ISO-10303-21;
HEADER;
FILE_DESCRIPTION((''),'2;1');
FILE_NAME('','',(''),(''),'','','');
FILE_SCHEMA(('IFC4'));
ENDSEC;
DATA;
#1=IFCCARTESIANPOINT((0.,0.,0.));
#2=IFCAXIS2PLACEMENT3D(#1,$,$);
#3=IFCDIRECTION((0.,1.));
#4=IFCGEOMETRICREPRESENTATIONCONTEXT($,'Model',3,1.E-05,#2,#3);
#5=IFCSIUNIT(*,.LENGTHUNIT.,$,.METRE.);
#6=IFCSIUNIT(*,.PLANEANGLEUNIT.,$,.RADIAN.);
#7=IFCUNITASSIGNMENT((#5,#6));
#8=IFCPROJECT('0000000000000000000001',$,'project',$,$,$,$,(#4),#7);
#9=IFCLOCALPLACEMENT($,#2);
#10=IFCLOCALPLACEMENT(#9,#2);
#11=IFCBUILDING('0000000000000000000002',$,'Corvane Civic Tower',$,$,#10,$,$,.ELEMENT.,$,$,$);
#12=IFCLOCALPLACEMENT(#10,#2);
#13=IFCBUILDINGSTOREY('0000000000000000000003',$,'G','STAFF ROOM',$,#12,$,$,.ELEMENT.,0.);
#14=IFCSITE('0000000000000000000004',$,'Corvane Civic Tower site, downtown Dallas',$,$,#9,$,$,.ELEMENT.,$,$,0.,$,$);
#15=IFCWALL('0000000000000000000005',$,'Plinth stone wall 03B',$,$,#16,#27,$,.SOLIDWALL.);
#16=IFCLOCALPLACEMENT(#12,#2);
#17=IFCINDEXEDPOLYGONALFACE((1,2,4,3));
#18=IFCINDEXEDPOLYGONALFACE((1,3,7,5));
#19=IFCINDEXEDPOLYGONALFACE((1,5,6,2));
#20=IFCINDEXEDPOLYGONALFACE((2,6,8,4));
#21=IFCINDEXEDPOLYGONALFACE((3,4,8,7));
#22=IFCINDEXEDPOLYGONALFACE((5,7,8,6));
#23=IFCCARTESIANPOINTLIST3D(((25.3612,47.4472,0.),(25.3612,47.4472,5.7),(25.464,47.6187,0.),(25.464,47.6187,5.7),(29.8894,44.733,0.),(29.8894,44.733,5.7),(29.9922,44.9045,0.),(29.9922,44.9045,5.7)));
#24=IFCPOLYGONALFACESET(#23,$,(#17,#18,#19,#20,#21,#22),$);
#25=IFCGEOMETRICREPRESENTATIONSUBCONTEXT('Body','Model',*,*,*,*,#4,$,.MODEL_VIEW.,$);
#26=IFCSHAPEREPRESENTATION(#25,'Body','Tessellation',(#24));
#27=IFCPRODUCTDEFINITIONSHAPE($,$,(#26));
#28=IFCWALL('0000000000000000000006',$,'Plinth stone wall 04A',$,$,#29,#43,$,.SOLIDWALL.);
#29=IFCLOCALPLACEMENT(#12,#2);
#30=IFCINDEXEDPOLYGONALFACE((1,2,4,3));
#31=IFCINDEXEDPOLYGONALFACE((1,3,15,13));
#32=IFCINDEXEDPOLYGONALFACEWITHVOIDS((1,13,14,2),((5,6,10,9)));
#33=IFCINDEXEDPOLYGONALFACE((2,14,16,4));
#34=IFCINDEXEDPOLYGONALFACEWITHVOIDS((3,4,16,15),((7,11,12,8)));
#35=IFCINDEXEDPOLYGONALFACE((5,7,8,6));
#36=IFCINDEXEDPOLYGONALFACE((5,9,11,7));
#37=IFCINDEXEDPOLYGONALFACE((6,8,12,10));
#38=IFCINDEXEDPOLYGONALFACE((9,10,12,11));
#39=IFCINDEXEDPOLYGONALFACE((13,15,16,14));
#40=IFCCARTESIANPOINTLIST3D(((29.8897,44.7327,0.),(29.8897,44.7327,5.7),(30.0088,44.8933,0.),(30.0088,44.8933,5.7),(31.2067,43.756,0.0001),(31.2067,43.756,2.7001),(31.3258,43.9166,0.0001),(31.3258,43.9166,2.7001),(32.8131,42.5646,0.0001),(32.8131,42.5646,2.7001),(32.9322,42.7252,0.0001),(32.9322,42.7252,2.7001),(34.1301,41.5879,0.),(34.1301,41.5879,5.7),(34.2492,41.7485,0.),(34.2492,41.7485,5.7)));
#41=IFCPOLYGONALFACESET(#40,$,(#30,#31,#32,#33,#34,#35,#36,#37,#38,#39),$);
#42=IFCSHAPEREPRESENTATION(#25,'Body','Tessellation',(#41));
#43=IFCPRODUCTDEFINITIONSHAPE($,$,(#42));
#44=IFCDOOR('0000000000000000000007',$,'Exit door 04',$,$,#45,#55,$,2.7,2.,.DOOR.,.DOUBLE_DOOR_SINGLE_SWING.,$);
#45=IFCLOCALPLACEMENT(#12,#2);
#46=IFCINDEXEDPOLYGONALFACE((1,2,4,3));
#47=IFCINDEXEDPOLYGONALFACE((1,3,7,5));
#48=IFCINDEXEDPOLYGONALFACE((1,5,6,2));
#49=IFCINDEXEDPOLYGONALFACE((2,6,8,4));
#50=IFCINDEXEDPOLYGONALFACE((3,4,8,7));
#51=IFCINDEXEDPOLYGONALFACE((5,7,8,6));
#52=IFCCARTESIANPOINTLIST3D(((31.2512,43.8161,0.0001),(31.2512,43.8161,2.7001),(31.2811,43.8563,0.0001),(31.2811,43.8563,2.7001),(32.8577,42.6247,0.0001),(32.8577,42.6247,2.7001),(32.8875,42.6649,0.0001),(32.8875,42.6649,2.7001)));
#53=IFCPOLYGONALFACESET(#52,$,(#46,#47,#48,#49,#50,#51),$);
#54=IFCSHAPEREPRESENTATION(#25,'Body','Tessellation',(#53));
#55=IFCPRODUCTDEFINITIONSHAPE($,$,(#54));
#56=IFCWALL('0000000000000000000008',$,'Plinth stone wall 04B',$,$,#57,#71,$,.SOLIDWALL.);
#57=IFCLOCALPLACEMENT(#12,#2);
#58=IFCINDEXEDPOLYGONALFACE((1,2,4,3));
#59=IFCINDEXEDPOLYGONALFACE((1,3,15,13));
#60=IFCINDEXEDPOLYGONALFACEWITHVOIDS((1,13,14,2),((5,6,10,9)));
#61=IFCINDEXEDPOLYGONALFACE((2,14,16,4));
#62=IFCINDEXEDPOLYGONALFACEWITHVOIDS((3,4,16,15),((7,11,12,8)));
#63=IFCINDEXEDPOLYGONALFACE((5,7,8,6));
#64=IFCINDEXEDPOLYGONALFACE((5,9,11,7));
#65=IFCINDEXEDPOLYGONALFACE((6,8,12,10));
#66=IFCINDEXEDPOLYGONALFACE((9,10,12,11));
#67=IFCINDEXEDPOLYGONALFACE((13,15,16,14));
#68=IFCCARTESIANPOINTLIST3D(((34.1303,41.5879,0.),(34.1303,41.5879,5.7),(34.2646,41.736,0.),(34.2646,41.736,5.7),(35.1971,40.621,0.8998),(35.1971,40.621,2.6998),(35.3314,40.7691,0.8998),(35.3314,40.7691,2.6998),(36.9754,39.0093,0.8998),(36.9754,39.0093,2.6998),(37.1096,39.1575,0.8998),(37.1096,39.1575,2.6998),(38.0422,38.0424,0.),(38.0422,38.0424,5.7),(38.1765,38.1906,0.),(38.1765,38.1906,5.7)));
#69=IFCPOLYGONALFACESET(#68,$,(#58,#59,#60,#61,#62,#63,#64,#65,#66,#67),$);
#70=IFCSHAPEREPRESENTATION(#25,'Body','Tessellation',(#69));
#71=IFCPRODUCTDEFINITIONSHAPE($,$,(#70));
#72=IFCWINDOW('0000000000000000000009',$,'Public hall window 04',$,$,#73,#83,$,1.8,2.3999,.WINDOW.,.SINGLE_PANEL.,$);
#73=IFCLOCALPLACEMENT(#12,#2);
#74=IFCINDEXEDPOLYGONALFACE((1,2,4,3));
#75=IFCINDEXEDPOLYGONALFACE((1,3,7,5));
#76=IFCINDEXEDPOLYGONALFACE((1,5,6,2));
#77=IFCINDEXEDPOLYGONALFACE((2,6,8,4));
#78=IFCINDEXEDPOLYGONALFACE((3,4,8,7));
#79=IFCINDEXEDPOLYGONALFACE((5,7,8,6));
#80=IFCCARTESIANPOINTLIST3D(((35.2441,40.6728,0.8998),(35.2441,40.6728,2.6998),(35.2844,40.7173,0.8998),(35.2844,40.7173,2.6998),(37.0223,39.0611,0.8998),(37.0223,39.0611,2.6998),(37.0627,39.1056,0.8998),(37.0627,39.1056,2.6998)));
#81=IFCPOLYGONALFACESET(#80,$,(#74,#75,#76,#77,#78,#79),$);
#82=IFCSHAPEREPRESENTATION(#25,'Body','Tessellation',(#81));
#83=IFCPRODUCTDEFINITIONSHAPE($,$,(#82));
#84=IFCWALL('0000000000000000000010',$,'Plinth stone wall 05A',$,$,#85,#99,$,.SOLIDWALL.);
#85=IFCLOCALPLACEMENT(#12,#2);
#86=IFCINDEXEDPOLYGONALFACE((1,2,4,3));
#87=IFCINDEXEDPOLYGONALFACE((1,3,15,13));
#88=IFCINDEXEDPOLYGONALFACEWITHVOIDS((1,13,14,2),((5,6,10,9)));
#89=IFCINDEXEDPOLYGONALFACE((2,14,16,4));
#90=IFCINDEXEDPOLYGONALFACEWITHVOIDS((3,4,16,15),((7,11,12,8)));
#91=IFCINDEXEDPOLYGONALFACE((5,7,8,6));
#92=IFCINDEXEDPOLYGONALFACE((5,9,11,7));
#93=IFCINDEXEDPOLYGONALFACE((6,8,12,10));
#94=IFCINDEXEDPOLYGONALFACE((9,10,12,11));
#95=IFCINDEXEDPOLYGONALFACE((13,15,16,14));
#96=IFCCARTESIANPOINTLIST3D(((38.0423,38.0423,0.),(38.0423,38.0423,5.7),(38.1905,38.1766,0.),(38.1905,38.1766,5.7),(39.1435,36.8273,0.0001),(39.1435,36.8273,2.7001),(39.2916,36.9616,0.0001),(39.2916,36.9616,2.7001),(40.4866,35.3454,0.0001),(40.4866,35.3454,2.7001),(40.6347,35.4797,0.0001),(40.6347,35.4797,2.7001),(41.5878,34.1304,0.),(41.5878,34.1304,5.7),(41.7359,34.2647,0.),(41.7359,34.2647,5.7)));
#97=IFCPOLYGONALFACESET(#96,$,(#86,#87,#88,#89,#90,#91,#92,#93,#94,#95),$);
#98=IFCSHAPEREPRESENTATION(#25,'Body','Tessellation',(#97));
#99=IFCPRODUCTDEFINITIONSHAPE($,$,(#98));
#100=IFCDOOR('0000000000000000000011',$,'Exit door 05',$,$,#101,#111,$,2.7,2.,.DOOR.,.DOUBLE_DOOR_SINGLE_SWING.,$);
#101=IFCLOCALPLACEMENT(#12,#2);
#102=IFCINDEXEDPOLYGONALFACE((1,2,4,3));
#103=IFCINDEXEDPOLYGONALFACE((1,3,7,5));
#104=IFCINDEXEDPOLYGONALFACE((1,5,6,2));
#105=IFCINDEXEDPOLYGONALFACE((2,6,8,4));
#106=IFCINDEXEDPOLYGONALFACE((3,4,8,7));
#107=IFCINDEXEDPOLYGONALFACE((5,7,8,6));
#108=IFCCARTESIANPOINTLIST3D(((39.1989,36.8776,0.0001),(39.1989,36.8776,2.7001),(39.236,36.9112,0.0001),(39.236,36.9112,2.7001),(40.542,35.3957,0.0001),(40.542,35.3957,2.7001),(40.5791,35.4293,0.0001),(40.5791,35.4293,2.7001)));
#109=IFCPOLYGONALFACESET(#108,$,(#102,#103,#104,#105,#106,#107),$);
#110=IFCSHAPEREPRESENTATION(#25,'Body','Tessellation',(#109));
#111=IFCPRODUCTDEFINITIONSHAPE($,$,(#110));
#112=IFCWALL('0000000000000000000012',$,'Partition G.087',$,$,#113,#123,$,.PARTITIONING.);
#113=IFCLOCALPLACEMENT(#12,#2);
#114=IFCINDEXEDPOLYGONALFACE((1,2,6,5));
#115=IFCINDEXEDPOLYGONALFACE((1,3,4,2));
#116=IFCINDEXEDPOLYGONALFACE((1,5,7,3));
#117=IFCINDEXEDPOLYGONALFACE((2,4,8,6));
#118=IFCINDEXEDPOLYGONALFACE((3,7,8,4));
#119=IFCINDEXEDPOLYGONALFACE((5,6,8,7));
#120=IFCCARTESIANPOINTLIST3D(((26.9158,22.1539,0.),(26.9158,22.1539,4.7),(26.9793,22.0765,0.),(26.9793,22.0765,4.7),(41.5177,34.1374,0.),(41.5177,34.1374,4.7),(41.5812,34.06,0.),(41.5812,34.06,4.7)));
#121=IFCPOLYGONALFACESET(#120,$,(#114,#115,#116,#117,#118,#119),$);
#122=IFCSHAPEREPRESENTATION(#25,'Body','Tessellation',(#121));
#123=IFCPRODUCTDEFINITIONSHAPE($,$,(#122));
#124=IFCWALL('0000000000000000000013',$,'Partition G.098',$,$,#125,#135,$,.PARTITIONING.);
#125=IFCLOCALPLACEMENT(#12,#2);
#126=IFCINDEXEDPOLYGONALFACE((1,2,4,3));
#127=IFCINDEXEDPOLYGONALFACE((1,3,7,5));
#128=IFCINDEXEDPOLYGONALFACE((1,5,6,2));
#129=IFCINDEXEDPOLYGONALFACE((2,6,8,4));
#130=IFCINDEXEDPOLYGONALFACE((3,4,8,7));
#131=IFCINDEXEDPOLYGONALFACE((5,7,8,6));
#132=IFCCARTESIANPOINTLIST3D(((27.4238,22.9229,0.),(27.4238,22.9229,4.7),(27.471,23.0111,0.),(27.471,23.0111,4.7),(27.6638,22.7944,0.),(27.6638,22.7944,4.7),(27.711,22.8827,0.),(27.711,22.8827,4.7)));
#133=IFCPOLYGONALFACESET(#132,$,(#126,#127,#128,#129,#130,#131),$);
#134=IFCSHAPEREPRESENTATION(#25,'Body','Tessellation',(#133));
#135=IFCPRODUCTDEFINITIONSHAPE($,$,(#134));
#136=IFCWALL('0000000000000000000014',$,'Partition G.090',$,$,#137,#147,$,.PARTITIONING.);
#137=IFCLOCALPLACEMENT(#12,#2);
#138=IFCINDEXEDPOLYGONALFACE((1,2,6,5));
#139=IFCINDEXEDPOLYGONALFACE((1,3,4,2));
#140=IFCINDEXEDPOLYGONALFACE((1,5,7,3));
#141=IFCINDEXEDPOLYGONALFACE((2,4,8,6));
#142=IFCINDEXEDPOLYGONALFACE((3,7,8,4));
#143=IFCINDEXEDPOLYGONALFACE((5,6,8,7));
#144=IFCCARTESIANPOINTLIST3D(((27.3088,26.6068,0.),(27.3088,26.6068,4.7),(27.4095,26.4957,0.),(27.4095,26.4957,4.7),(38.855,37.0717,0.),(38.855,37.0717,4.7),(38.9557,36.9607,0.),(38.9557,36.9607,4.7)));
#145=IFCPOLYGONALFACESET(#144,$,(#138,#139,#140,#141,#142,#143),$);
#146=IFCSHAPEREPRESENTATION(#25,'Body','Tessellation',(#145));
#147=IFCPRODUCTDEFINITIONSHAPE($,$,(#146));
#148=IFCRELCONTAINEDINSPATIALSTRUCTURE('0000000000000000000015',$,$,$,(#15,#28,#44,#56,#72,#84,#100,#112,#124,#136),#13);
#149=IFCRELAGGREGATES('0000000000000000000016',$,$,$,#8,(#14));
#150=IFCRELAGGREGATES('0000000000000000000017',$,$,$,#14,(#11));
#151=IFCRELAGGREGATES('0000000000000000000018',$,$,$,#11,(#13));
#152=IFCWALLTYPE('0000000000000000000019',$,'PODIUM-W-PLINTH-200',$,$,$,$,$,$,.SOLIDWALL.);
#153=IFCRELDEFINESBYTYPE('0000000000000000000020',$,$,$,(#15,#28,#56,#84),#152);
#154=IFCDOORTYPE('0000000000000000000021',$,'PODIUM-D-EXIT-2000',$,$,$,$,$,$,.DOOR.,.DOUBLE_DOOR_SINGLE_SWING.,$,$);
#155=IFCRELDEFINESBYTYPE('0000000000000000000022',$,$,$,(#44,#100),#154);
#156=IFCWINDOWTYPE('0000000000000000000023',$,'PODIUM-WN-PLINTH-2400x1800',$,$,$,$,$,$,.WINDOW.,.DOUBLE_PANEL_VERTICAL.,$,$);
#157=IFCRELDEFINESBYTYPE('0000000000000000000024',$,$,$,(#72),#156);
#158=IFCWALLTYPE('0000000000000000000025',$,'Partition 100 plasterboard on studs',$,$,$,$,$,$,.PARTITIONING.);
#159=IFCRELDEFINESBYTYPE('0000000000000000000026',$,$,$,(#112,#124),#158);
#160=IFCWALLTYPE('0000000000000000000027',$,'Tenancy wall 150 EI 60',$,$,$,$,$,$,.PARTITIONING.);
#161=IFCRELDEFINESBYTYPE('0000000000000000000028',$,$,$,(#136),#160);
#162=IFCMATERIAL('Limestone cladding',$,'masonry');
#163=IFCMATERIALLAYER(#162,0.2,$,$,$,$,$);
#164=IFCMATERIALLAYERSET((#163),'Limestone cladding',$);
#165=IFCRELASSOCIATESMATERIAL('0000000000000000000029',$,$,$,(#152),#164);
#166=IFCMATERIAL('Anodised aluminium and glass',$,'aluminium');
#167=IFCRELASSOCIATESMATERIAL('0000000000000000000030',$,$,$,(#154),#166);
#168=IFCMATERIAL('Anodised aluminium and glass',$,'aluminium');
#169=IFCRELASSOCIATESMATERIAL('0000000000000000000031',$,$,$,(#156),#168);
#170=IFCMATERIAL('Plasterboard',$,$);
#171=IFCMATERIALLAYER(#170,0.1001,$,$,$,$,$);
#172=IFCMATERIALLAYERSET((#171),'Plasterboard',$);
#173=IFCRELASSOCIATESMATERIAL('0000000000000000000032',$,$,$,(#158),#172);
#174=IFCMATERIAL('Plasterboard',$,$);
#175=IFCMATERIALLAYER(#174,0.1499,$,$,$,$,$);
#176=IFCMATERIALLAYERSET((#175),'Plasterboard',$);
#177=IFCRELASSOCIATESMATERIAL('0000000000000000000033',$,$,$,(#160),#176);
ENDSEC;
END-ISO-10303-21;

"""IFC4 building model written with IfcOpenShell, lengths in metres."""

from ifc_helpers import new_model, si_unit, direction, frame, frame_2d, origin, place, context, subcontext, project, spatial, rectangle, extrude, material, layer, layer_set, type_object, element, fill, save


model = new_model("IFC4")

# Units and contexts
model_context = context("Model", 3, precision=1e-05, world=origin(), true_north=direction((0.0, 1.0)))
body_context = subcontext(model_context, "Body", "Model", "MODEL_VIEW")
ifc_project = project(units=[si_unit("LENGTHUNIT", "METRE"), si_unit("PLANEANGLEUNIT", "RADIAN")], contexts=[model_context])

# Site, building, storey
site_placement = place(None, origin())
site = spatial("IfcSite", under=ifc_project, at=site_placement, Name="Corvane Civic Tower site, downtown Dallas", CompositionType="ELEMENT", RefElevation=0.0)
building_placement = place(site_placement, origin())
building = spatial("IfcBuilding", under=site, at=building_placement, Name="Corvane Civic Tower", CompositionType="ELEMENT")
storey_placement = place(building_placement, origin())
storey = spatial("IfcBuildingStorey", under=building, at=storey_placement, Name="G", Description="STAFF ROOM", CompositionType="ELEMENT", Elevation=0.0)

# Shared definitions
ifc_material_1 = material(Name="Limestone cladding", Category="masonry")
ifc_layer_1 = layer(ifc_material_1, 0.2)
ifc_layer_set_1 = layer_set([ifc_layer_1], Name="Limestone cladding")
wall_type_1 = type_object("IfcWallType", Name="PODIUM-W-PLINTH-200", PredefinedType="SOLIDWALL", material=ifc_layer_set_1)

# Wall
wall_1_placement = place(storey_placement, frame((25.4126, 47.533, 0.0), z_axis=(0.0, 0.0, 1.0), x_axis=(0.857721, -0.514115, 0.0)))
element("IfcWall", 1, at=wall_1_placement, inside=storey, type_object=wall_type_1, Name="Plinth stone wall 03B", PredefinedType="SOLIDWALL", context=body_context, shape_type="SweptSolid", body=[
    extrude(rectangle(XDim=5.2793, YDim=0.2, at=frame_2d((2.6396, 0.0))), origin(), (0.0, 0.0, 1.0), 5.7),
])

# Wall, opening, door
wall_2_placement = place(storey_placement, frame((29.9492, 44.813, 0.0), z_axis=(0.0, 0.0, 1.0), x_axis=(0.803224, -0.595678, 0.0)))
wall_2 = element("IfcWall", 2, at=wall_2_placement, inside=storey, type_object=wall_type_1, Name="Plinth stone wall 04A", PredefinedType="SOLIDWALL", context=body_context, shape_type="SweptSolid", body=[
    extrude(rectangle(XDim=5.2793, YDim=0.2, at=frame_2d((2.6396, 0.0))), origin(), (0.0, 0.0, 1.0), 5.7),
])
opening_1_placement = place(wall_2_placement, frame((1.6396, 0.0, 0.0)))
opening_1 = element("IfcOpeningElement", 3, at=opening_1_placement, cuts=wall_2, PredefinedType="OPENING", context=body_context, shape_type="SweptSolid", body=[
    extrude(rectangle(XDim=2.0, YDim=2.7, at=frame_2d((1.0, 1.3501))), frame((0.0, 0.1099, 0.0), z_axis=(0.0, -1.0, 0.0), x_axis=(1.0, 0.0, 0.0)), (0.0, 0.0, 1.0), 0.22),
])
ifc_material_2 = material(Name="Anodised aluminium and glass", Category="aluminium")
door_type_1 = type_object("IfcDoorType", Name="PODIUM-D-EXIT-2000", OperationType="DOUBLE_DOOR_SINGLE_SWING", PredefinedType="DOOR", material=ifc_material_2)
door_1_placement = place(opening_1_placement, origin())
door_1 = element("IfcDoor", 4, at=door_1_placement, inside=storey, type_object=door_type_1, Name="Exit door 04", OperationType="DOUBLE_DOOR_SINGLE_SWING", OverallHeight=2.7, OverallWidth=2.0, PredefinedType="DOOR", context=body_context, shape_type="SweptSolid", body=[
    extrude(rectangle(XDim=2.0, YDim=2.7, at=frame_2d((1.0, 1.3501))), frame((0.0, 0.0249, 0.0), z_axis=(0.0, -1.0, 0.0), x_axis=(1.0, 0.0, 0.0)), (0.0, 0.0, 1.0), 0.05),
])
fill(opening_1, door_1)

# Wall, opening, window
wall_3_placement = place(storey_placement, frame((34.1975, 41.6619, 0.0), z_axis=(0.0, 0.0, 1.0), x_axis=(0.74096, -0.671549, 0.0)))
wall_3 = element("IfcWall", 5, at=wall_3_placement, inside=storey, type_object=wall_type_1, Name="Plinth stone wall 04B", PredefinedType="SOLIDWALL", context=body_context, shape_type="SweptSolid", body=[
    extrude(rectangle(XDim=5.2795, YDim=0.2, at=frame_2d((2.6396, 0.0))), origin(), (0.0, 0.0, 1.0), 5.7),
])
opening_2_placement = place(wall_3_placement, frame((1.4397, 0.0, 0.8999)))
opening_2 = element("IfcOpeningElement", 6, at=opening_2_placement, cuts=wall_3, PredefinedType="OPENING", context=body_context, shape_type="SweptSolid", body=[
    extrude(rectangle(XDim=2.3999, YDim=1.8, at=frame_2d((1.2, 0.8999))), frame((0.0, 0.1099, 0.0), z_axis=(0.0, -1.0, 0.0), x_axis=(1.0, 0.0, 0.0)), (0.0, 0.0, 1.0), 0.22),
])
ifc_material_3 = material(Name="Anodised aluminium and glass", Category="aluminium")
window_type = type_object("IfcWindowType", Name="PODIUM-WN-PLINTH-2400x1800", PartitioningType="DOUBLE_PANEL_VERTICAL", PredefinedType="WINDOW", material=ifc_material_3)
window_placement = place(opening_2_placement, origin())
window = element("IfcWindow", 7, at=window_placement, inside=storey, type_object=window_type, Name="Public hall window 04", OverallHeight=1.8, OverallWidth=2.3999, PartitioningType="SINGLE_PANEL", PredefinedType="WINDOW", context=body_context, shape_type="SweptSolid", body=[
    extrude(rectangle(XDim=2.3999, YDim=1.8, at=frame_2d((1.2, 0.8999))), frame((0.0, 0.03, 0.0), z_axis=(0.0, -1.0, 0.0), x_axis=(1.0, 0.0, 0.0)), (0.0, 0.0, 1.0), 0.0601),
])
fill(opening_2, window)

# Wall, opening, door
wall_4_placement = place(storey_placement, frame((38.1165, 38.1094, 0.0), z_axis=(0.0, 0.0, 1.0), x_axis=(0.671549, -0.74096, 0.0)))
wall_4 = element("IfcWall", 8, at=wall_4_placement, inside=storey, type_object=wall_type_1, Name="Plinth stone wall 05A", PredefinedType="SOLIDWALL", context=body_context, shape_type="SweptSolid", body=[
    extrude(rectangle(XDim=5.2795, YDim=0.2, at=frame_2d((2.6396, 0.0))), origin(), (0.0, 0.0, 1.0), 5.7),
])
opening_3_placement = place(wall_4_placement, frame((1.6396, 0.0, 0.0)))
opening_3 = element("IfcOpeningElement", 9, at=opening_3_placement, cuts=wall_4, PredefinedType="OPENING", context=body_context, shape_type="SweptSolid", body=[
    extrude(rectangle(XDim=2.0, YDim=2.7, at=frame_2d((1.0, 1.3501))), frame((0.0, 0.1099, 0.0), z_axis=(0.0, -1.0, 0.0), x_axis=(1.0, 0.0, 0.0)), (0.0, 0.0, 1.0), 0.22),
])
door_2_placement = place(opening_3_placement, origin())
door_2 = element("IfcDoor", 10, at=door_2_placement, inside=storey, type_object=door_type_1, Name="Exit door 05", OperationType="DOUBLE_DOOR_SINGLE_SWING", OverallHeight=2.7, OverallWidth=2.0, PredefinedType="DOOR", context=body_context, shape_type="SweptSolid", body=[
    extrude(rectangle(XDim=2.0, YDim=2.7, at=frame_2d((1.0, 1.3501))), frame((0.0, 0.0249, 0.0), z_axis=(0.0, -1.0, 0.0), x_axis=(1.0, 0.0, 0.0)), (0.0, 0.0, 1.0), 0.05),
])
fill(opening_3, door_2)

# Walls
ifc_material_4 = material(Name="Plasterboard")
ifc_layer_2 = layer(ifc_material_4, 0.1001)
ifc_layer_set_2 = layer_set([ifc_layer_2], Name="Plasterboard")
wall_type_2 = type_object("IfcWallType", Name="Partition 100 plasterboard on studs", PredefinedType="PARTITIONING", material=ifc_layer_set_2)
wall_5_placement = place(storey_placement, frame((26.9475, 22.1152, 0.0), z_axis=(0.0, 0.0, 1.0), x_axis=(0.77301, 0.634393, 0.0)))
element("IfcWall", 11, at=wall_5_placement, inside=storey, type_object=wall_type_2, Name="Partition G.087", PredefinedType="PARTITIONING", context=body_context, shape_type="SweptSolid", body=[
    extrude(rectangle(XDim=18.8896, YDim=0.1001, at=frame_2d((9.4448, 0.0))), origin(), (0.0, 0.0, 1.0), 4.7),
])
wall_6_placement = place(storey_placement, frame((27.4473, 22.967, 0.0), z_axis=(0.0, 0.0, 1.0), x_axis=(0.881707, -0.471798, 0.0)))
element("IfcWall", 12, at=wall_6_placement, inside=storey, type_object=wall_type_2, Name="Partition G.098", PredefinedType="PARTITIONING", context=body_context, shape_type="SweptSolid", body=[
    extrude(rectangle(XDim=0.2722, YDim=0.1001, at=frame_2d((0.1362, 0.0))), origin(), (0.0, 0.0, 1.0), 4.7),
])
ifc_material_5 = material(Name="Plasterboard")
ifc_layer_3 = layer(ifc_material_5, 0.1499)
ifc_layer_set_3 = layer_set([ifc_layer_3], Name="Plasterboard")
wall_type_3 = type_object("IfcWallType", Name="Tenancy wall 150 EI 60", PredefinedType="PARTITIONING", material=ifc_layer_set_3)
wall_7_placement = place(storey_placement, frame((27.3591, 26.5513, 0.0), z_axis=(0.0, 0.0, 1.0), x_axis=(0.74095, 0.67156, 0.0)))
element("IfcWall", 13, at=wall_7_placement, inside=storey, type_object=wall_type_3, Name="Partition G.090", PredefinedType="PARTITIONING", context=body_context, shape_type="SweptSolid", body=[
    extrude(rectangle(XDim=15.583, YDim=0.1499, at=frame_2d((7.7915, 0.0))), origin(), (0.0, 0.0, 1.0), 4.7),
])

save(model, "model.ifc")
